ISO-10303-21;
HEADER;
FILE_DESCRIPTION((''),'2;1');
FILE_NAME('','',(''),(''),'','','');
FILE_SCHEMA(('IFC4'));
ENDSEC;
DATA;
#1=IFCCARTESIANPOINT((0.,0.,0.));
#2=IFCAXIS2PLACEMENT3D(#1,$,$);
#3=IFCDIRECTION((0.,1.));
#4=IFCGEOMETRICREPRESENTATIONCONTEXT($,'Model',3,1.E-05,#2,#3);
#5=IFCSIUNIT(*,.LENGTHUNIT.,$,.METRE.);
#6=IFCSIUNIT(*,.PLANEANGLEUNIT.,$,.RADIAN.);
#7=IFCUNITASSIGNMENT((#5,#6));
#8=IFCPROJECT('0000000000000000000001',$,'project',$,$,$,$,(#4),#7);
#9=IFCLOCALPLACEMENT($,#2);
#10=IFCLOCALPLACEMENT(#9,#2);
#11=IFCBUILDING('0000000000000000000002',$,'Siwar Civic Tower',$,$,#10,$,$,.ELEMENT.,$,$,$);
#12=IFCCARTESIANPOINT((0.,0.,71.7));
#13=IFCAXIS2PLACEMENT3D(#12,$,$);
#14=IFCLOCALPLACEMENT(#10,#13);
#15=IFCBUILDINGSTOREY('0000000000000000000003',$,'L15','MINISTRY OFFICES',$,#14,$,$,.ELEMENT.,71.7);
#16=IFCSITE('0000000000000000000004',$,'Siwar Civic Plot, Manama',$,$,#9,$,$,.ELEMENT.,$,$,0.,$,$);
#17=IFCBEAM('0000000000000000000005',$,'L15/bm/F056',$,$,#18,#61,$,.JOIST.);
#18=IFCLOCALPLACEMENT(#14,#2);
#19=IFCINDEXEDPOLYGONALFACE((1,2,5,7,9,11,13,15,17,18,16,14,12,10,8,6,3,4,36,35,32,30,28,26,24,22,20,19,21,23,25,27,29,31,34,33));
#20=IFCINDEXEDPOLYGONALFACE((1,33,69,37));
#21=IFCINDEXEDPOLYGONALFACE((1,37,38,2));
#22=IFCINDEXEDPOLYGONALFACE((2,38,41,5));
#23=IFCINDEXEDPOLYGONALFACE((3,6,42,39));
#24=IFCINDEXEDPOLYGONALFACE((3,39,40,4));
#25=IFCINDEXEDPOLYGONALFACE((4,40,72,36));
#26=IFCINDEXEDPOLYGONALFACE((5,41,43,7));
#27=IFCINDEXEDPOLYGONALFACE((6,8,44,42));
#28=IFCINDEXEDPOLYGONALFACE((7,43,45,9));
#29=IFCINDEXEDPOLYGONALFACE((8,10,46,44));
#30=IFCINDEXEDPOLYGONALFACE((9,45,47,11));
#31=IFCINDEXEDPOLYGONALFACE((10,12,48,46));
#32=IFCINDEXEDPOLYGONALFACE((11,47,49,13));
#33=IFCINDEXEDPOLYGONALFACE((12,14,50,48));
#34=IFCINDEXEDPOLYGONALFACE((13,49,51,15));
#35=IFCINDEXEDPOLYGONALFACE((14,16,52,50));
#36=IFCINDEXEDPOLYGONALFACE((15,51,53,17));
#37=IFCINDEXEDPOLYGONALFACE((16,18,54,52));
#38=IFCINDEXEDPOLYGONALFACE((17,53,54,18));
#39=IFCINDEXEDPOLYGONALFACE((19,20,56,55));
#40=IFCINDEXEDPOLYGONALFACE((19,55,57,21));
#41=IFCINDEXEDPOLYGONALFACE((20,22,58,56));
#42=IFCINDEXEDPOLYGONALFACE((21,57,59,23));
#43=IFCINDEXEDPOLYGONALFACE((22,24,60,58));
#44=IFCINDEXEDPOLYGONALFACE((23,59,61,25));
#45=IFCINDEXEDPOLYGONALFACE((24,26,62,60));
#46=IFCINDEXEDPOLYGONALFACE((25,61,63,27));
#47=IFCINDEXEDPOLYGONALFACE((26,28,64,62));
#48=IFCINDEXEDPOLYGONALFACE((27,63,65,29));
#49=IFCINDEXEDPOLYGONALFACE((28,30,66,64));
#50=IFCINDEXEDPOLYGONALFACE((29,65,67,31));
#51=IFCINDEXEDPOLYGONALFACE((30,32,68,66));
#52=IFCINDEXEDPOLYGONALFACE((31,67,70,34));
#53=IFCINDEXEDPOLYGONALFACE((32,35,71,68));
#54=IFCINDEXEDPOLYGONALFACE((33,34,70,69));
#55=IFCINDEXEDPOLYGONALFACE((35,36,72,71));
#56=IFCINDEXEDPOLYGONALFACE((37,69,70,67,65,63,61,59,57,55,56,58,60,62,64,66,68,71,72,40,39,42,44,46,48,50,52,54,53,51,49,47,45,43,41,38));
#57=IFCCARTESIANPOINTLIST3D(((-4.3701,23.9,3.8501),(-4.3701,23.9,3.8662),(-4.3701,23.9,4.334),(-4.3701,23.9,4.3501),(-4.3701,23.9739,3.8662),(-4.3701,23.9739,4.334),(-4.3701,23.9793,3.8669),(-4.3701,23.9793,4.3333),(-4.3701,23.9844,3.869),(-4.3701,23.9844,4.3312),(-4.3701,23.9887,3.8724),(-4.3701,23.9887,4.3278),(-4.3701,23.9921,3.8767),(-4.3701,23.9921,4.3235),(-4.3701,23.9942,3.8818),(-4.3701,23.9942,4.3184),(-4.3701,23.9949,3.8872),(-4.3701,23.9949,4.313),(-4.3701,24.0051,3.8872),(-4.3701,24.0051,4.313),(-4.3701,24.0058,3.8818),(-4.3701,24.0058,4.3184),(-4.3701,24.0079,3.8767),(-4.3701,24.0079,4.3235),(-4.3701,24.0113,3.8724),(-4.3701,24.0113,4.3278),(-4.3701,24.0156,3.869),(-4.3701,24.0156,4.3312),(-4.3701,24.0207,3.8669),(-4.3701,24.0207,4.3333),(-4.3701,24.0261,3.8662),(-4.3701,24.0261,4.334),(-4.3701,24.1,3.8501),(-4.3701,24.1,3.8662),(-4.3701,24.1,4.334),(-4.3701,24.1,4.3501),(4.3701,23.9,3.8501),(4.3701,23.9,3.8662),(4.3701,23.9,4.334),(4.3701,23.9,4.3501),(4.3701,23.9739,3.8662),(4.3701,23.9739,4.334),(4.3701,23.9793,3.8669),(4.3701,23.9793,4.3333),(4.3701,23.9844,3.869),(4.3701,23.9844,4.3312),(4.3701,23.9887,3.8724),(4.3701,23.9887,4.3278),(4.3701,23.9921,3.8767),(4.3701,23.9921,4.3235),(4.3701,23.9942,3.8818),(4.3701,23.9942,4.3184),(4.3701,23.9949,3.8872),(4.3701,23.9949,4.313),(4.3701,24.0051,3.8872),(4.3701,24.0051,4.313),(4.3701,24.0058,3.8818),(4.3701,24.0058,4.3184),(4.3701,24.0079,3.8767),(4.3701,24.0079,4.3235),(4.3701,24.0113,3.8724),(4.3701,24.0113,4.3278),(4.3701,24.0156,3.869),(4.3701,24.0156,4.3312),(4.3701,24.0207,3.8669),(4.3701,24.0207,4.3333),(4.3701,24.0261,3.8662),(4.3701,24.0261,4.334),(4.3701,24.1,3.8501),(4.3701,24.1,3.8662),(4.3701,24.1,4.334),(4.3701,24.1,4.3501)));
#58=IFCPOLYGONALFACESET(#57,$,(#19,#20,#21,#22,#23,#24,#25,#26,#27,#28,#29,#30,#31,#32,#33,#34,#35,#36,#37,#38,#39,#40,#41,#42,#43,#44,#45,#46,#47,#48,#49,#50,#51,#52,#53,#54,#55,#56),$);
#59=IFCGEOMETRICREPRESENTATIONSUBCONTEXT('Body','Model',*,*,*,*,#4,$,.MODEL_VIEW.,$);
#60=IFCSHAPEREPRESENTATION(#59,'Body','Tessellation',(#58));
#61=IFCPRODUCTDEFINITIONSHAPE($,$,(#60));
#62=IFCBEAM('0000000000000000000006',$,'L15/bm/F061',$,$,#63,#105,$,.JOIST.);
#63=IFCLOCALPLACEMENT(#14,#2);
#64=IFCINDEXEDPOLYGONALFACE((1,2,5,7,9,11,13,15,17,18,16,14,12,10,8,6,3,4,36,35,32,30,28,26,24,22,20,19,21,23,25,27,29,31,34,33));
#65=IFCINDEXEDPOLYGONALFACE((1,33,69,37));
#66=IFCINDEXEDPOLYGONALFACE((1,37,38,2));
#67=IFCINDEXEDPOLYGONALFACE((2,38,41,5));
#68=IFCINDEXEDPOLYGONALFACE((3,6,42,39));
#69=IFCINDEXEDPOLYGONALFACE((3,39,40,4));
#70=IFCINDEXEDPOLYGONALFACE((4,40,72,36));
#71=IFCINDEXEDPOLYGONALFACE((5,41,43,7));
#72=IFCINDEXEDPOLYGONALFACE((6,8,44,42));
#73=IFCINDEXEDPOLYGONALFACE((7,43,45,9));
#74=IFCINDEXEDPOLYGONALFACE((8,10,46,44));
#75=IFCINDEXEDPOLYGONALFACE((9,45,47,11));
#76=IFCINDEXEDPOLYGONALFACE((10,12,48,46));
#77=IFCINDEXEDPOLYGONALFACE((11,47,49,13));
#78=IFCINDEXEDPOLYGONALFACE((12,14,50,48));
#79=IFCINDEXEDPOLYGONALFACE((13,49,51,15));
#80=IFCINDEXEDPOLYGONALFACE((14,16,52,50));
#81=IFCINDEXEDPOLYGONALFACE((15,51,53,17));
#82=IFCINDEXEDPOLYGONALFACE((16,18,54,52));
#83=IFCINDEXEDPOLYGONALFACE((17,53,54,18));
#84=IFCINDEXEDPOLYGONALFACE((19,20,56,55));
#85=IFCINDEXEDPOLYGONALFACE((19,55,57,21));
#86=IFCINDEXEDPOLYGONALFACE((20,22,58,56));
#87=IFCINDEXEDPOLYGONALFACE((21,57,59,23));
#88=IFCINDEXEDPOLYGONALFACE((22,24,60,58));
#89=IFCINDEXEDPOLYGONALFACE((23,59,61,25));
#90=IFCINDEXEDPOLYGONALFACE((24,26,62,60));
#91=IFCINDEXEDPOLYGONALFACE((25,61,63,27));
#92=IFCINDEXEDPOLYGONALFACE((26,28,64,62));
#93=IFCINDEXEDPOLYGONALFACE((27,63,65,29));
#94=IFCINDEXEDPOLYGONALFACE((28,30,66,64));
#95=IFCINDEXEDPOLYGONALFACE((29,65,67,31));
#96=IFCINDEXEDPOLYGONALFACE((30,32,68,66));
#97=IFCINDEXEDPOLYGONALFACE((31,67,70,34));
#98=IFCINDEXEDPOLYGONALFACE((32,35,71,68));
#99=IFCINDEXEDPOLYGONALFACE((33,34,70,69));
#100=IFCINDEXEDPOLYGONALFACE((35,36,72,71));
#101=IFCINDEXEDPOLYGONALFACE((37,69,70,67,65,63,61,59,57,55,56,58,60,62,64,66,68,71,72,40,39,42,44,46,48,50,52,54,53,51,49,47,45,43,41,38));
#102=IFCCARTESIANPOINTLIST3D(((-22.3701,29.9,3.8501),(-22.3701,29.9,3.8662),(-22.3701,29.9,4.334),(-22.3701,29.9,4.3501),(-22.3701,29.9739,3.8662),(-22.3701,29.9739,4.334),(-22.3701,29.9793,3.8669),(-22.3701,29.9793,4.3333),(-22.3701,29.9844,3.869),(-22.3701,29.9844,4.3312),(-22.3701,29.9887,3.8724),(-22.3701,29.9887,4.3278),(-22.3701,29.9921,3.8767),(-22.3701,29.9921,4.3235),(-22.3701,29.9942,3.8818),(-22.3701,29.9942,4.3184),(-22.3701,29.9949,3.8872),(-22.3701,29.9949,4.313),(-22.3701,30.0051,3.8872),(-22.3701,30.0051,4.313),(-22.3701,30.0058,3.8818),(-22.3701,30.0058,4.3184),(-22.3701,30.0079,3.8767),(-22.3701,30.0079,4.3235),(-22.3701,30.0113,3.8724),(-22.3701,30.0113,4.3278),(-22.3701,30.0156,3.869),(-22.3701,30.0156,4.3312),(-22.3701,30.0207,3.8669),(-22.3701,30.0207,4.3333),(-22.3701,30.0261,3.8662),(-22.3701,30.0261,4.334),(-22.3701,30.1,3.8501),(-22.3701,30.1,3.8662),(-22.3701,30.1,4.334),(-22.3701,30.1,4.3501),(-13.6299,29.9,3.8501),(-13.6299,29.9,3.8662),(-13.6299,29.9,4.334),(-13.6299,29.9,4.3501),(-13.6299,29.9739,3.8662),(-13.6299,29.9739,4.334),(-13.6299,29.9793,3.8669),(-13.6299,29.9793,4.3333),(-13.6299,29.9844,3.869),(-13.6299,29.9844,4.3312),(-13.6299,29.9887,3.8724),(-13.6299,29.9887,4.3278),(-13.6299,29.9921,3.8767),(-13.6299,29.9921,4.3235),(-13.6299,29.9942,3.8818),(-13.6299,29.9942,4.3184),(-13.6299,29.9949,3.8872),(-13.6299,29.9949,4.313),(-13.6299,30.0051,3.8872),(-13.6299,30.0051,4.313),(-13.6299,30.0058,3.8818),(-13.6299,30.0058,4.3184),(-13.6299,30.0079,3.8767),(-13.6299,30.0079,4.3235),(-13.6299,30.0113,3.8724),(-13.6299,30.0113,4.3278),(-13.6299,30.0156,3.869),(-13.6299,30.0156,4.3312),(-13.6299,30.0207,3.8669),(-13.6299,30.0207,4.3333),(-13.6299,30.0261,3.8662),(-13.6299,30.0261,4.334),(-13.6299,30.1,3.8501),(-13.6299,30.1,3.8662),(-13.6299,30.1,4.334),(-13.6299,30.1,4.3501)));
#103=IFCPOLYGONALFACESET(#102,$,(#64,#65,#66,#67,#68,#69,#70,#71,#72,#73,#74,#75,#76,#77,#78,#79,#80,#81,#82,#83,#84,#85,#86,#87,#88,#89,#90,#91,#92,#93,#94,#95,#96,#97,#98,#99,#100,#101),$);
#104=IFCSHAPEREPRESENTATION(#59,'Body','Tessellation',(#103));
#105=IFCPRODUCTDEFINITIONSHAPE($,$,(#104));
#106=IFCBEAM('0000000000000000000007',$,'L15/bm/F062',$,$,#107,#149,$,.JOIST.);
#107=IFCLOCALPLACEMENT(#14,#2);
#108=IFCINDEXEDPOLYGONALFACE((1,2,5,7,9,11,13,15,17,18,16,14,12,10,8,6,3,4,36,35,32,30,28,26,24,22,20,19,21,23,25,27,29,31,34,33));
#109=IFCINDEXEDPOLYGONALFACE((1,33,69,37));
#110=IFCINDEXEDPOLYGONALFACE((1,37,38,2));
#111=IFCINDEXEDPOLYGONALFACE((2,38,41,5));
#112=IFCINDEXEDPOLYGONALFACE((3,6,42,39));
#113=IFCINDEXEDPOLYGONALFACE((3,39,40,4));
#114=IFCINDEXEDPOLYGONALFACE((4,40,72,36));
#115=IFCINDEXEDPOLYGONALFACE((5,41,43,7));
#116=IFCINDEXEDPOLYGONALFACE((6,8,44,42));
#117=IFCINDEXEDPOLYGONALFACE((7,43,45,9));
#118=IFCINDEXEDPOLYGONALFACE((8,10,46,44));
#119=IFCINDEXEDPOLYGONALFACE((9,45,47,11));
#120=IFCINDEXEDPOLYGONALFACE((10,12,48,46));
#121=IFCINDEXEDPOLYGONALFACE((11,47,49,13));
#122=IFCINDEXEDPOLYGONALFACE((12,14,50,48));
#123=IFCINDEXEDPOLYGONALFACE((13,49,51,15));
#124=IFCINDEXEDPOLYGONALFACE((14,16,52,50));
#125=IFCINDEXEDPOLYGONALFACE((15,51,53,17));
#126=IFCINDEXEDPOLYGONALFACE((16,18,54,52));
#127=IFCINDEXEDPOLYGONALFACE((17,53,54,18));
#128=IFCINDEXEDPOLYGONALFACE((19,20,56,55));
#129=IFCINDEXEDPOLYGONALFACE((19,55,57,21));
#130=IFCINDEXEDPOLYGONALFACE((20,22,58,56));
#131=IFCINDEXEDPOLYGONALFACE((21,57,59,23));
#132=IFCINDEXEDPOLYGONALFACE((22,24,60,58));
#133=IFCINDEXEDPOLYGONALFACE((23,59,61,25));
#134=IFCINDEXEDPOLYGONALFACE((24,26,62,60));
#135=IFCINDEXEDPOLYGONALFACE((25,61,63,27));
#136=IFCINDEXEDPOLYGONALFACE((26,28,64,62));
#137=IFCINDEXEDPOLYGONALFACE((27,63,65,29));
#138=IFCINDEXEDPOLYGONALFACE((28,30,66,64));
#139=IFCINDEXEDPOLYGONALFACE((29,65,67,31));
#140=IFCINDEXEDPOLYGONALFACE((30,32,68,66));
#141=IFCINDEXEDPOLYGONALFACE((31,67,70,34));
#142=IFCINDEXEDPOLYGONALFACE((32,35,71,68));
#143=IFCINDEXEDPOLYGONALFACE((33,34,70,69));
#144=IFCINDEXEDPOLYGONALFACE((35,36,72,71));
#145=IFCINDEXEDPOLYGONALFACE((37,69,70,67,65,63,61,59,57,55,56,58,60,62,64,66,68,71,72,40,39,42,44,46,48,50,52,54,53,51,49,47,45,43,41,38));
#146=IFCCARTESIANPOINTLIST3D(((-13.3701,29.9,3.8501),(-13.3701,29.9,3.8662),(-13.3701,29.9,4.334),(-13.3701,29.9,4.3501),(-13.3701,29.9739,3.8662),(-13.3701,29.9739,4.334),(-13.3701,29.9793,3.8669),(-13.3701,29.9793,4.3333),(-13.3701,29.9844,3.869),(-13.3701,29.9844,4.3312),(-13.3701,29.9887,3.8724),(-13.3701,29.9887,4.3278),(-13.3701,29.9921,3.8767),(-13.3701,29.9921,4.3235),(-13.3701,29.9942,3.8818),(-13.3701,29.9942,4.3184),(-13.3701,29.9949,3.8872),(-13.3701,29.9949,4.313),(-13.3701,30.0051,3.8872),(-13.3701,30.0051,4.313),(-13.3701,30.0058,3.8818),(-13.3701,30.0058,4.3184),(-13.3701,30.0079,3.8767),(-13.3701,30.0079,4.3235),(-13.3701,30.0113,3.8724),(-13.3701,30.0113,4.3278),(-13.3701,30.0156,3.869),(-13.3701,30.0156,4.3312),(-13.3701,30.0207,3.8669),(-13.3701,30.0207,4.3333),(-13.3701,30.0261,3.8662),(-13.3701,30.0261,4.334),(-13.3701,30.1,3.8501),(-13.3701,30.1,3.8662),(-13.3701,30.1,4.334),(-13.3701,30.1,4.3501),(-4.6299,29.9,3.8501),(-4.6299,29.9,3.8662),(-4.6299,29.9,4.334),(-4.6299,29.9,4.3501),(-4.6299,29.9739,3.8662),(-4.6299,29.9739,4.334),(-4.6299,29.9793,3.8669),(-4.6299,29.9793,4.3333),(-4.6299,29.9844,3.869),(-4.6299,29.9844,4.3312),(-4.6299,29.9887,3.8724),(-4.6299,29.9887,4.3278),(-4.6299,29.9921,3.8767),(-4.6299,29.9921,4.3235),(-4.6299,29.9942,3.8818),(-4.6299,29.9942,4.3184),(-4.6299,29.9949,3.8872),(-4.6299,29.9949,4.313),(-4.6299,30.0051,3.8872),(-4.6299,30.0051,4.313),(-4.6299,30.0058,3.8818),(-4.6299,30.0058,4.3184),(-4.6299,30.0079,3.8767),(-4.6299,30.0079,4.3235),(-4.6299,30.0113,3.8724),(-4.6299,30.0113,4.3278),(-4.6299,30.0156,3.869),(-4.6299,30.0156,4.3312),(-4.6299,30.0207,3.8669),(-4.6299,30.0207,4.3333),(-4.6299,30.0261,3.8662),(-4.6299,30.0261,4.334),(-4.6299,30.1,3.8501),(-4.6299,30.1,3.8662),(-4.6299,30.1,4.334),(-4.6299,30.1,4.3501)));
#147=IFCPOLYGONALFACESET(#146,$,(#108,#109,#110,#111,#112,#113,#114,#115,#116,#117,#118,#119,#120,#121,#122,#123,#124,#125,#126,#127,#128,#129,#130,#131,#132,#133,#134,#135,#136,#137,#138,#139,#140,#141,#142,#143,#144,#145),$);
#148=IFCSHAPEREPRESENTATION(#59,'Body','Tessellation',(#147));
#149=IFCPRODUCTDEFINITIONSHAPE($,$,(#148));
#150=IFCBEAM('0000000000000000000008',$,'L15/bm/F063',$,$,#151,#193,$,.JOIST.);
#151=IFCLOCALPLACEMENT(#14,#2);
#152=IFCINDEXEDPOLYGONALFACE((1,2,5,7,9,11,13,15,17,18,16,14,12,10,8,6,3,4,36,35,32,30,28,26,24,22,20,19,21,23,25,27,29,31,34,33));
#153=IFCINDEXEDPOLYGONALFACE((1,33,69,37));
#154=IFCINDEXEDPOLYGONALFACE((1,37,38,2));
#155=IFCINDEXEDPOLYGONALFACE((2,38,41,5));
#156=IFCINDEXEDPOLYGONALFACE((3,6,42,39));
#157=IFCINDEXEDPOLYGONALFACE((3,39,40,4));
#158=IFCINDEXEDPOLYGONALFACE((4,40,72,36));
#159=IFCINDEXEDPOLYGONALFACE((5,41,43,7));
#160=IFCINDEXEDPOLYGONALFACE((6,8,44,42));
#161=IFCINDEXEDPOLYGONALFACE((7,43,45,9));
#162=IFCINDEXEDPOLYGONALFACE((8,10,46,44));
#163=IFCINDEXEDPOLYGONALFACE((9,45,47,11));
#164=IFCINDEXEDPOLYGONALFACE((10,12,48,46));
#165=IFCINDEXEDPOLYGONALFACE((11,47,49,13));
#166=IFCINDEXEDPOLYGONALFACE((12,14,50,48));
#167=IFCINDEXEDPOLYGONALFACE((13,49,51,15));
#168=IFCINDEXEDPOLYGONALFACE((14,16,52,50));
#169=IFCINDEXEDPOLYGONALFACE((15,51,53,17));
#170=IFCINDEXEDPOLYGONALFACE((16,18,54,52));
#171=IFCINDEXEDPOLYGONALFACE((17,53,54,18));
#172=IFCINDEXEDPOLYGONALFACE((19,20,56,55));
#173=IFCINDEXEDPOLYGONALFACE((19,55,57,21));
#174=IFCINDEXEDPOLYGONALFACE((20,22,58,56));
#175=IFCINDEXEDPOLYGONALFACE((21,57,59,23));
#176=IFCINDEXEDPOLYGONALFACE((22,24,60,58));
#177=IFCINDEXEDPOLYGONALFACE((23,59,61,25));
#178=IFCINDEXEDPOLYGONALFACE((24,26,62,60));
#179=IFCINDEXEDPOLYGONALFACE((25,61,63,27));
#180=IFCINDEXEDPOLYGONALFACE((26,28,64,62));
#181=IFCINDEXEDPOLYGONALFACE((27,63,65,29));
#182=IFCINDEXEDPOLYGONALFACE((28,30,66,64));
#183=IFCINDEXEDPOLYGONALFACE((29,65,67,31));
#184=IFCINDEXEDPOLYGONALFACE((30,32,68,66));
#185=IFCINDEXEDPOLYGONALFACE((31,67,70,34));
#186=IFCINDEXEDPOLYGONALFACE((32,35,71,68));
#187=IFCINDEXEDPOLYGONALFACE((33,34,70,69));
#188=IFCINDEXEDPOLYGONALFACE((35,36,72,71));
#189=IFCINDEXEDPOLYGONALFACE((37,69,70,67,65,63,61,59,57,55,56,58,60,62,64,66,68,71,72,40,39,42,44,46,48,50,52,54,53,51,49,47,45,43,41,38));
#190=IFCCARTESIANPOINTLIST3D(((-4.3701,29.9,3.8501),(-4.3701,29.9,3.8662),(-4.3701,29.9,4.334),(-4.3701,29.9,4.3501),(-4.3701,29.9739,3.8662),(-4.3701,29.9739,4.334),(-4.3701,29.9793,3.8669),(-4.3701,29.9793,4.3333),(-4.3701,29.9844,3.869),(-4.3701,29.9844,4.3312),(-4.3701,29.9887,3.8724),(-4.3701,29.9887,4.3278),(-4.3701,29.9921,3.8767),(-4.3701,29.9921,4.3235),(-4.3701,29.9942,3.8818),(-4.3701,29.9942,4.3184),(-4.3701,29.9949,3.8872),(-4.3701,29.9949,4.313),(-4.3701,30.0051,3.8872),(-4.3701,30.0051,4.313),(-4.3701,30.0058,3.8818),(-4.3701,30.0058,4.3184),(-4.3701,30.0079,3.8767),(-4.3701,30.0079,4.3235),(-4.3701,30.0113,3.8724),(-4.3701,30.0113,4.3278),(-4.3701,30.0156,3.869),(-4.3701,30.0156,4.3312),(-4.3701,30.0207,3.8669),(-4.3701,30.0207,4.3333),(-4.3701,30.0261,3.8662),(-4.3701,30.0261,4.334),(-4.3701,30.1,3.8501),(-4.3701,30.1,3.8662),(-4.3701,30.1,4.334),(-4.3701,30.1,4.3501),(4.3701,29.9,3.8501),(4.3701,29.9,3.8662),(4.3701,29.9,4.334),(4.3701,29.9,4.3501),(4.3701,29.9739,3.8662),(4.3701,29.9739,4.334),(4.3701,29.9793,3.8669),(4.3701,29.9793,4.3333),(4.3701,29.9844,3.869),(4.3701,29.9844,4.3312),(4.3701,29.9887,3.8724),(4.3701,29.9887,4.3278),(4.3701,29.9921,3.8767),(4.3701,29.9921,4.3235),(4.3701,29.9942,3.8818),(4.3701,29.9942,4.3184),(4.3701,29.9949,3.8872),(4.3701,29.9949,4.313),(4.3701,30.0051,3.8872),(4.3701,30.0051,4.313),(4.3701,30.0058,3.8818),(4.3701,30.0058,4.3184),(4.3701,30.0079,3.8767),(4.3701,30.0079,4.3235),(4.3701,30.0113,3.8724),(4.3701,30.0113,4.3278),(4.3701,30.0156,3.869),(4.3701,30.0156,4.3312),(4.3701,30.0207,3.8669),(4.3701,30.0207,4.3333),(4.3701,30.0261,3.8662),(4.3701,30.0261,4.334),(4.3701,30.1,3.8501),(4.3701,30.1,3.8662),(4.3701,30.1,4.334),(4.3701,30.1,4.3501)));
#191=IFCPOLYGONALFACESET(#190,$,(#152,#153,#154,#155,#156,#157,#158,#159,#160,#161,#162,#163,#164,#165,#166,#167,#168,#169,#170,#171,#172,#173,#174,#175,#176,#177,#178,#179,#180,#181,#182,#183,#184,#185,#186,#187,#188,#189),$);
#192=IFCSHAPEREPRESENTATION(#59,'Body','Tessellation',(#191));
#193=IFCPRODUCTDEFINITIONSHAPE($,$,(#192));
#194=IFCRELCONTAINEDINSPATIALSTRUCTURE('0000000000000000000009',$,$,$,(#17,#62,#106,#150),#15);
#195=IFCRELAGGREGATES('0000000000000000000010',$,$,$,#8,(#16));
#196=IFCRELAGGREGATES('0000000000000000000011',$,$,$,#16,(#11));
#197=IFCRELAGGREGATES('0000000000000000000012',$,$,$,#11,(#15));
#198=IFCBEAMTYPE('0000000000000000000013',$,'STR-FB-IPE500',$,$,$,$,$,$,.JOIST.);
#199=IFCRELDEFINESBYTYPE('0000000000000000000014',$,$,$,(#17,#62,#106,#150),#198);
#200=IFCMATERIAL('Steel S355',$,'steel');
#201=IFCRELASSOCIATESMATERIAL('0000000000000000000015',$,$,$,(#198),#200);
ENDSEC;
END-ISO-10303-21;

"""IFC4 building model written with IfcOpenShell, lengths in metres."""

from ifc_helpers import new_model, si_unit, direction, frame, origin, origin_2d, place, context, subcontext, project, spatial, i_section, extrude, material, material_profile, profile_set, type_object, element, save


model = new_model("IFC4")

# Units and contexts
model_context = context("Model", 3, precision=1e-05, world=origin(), true_north=direction((0.0, 1.0)))
body_context = subcontext(model_context, "Body", "Model", "MODEL_VIEW")
ifc_project = project(units=[si_unit("LENGTHUNIT", "METRE"), si_unit("PLANEANGLEUNIT", "RADIAN")], contexts=[model_context])

# Site, building, storey
site_placement = place(None, origin())
site = spatial("IfcSite", under=ifc_project, at=site_placement, Name="Siwar Civic Plot, Manama", CompositionType="ELEMENT", RefElevation=0.0)
building_placement = place(site_placement, origin())
building = spatial("IfcBuilding", under=site, at=building_placement, Name="Siwar Civic Tower", CompositionType="ELEMENT")
storey_placement = place(building_placement, frame((0.0, 0.0, 71.7)))
storey = spatial("IfcBuildingStorey", under=building, at=storey_placement, Name="L15", Description="MINISTRY OFFICES", CompositionType="ELEMENT", Elevation=71.7)

# Beams
ifc_material_1 = material(Name="Steel S355", Category="steel")
ifc_material_profile_1 = material_profile(ifc_material_1, i_section(OverallWidth=0.2, OverallDepth=0.5, WebThickness=0.0103, FlangeThickness=0.0161, FilletRadius=0.021, at=origin_2d()), Name="IPE500")
ifc_profile_set_1 = profile_set([ifc_material_profile_1], Name="Steel S355")
beam_type_1 = type_object("IfcBeamType", Name="STR-FB-IPE500", PredefinedType="JOIST", material=ifc_profile_set_1)
for number, where, z_axis, x_axis, name in (
    (1, (-4.3701, 24.0, 4.1001), (1.0, 0.0, 0.0), (0.0, 1.0, 0.0), "L15/bm/F056"),
    (2, (-22.3701, 30.0, 4.1001), (1.0, 0.0, 0.0), (0.0, 1.0, 0.0), "L15/bm/F061"),
    (3, (-13.3701, 30.0, 4.1001), (1.0, 0.0, 0.0), (0.0, 1.0, 0.0), "L15/bm/F062"),
    (4, (-4.3701, 30.0, 4.1001), (1.0, 0.0, 0.0), (0.0, 1.0, 0.0), "L15/bm/F063"),
):
    element("IfcBeam", number, at=place(storey_placement, frame(where, z_axis=z_axis, x_axis=x_axis)), inside=storey, type_object=beam_type_1, Name=name, PredefinedType="JOIST", context=body_context, shape_type="SweptSolid", body=[
        extrude(i_section(OverallWidth=0.2, OverallDepth=0.5, WebThickness=0.0103, FlangeThickness=0.0161, FilletRadius=0.021, at=origin_2d()), origin(), (0.0, 0.0, 1.0), 8.7402),
    ])

save(model, "model.ifc")
